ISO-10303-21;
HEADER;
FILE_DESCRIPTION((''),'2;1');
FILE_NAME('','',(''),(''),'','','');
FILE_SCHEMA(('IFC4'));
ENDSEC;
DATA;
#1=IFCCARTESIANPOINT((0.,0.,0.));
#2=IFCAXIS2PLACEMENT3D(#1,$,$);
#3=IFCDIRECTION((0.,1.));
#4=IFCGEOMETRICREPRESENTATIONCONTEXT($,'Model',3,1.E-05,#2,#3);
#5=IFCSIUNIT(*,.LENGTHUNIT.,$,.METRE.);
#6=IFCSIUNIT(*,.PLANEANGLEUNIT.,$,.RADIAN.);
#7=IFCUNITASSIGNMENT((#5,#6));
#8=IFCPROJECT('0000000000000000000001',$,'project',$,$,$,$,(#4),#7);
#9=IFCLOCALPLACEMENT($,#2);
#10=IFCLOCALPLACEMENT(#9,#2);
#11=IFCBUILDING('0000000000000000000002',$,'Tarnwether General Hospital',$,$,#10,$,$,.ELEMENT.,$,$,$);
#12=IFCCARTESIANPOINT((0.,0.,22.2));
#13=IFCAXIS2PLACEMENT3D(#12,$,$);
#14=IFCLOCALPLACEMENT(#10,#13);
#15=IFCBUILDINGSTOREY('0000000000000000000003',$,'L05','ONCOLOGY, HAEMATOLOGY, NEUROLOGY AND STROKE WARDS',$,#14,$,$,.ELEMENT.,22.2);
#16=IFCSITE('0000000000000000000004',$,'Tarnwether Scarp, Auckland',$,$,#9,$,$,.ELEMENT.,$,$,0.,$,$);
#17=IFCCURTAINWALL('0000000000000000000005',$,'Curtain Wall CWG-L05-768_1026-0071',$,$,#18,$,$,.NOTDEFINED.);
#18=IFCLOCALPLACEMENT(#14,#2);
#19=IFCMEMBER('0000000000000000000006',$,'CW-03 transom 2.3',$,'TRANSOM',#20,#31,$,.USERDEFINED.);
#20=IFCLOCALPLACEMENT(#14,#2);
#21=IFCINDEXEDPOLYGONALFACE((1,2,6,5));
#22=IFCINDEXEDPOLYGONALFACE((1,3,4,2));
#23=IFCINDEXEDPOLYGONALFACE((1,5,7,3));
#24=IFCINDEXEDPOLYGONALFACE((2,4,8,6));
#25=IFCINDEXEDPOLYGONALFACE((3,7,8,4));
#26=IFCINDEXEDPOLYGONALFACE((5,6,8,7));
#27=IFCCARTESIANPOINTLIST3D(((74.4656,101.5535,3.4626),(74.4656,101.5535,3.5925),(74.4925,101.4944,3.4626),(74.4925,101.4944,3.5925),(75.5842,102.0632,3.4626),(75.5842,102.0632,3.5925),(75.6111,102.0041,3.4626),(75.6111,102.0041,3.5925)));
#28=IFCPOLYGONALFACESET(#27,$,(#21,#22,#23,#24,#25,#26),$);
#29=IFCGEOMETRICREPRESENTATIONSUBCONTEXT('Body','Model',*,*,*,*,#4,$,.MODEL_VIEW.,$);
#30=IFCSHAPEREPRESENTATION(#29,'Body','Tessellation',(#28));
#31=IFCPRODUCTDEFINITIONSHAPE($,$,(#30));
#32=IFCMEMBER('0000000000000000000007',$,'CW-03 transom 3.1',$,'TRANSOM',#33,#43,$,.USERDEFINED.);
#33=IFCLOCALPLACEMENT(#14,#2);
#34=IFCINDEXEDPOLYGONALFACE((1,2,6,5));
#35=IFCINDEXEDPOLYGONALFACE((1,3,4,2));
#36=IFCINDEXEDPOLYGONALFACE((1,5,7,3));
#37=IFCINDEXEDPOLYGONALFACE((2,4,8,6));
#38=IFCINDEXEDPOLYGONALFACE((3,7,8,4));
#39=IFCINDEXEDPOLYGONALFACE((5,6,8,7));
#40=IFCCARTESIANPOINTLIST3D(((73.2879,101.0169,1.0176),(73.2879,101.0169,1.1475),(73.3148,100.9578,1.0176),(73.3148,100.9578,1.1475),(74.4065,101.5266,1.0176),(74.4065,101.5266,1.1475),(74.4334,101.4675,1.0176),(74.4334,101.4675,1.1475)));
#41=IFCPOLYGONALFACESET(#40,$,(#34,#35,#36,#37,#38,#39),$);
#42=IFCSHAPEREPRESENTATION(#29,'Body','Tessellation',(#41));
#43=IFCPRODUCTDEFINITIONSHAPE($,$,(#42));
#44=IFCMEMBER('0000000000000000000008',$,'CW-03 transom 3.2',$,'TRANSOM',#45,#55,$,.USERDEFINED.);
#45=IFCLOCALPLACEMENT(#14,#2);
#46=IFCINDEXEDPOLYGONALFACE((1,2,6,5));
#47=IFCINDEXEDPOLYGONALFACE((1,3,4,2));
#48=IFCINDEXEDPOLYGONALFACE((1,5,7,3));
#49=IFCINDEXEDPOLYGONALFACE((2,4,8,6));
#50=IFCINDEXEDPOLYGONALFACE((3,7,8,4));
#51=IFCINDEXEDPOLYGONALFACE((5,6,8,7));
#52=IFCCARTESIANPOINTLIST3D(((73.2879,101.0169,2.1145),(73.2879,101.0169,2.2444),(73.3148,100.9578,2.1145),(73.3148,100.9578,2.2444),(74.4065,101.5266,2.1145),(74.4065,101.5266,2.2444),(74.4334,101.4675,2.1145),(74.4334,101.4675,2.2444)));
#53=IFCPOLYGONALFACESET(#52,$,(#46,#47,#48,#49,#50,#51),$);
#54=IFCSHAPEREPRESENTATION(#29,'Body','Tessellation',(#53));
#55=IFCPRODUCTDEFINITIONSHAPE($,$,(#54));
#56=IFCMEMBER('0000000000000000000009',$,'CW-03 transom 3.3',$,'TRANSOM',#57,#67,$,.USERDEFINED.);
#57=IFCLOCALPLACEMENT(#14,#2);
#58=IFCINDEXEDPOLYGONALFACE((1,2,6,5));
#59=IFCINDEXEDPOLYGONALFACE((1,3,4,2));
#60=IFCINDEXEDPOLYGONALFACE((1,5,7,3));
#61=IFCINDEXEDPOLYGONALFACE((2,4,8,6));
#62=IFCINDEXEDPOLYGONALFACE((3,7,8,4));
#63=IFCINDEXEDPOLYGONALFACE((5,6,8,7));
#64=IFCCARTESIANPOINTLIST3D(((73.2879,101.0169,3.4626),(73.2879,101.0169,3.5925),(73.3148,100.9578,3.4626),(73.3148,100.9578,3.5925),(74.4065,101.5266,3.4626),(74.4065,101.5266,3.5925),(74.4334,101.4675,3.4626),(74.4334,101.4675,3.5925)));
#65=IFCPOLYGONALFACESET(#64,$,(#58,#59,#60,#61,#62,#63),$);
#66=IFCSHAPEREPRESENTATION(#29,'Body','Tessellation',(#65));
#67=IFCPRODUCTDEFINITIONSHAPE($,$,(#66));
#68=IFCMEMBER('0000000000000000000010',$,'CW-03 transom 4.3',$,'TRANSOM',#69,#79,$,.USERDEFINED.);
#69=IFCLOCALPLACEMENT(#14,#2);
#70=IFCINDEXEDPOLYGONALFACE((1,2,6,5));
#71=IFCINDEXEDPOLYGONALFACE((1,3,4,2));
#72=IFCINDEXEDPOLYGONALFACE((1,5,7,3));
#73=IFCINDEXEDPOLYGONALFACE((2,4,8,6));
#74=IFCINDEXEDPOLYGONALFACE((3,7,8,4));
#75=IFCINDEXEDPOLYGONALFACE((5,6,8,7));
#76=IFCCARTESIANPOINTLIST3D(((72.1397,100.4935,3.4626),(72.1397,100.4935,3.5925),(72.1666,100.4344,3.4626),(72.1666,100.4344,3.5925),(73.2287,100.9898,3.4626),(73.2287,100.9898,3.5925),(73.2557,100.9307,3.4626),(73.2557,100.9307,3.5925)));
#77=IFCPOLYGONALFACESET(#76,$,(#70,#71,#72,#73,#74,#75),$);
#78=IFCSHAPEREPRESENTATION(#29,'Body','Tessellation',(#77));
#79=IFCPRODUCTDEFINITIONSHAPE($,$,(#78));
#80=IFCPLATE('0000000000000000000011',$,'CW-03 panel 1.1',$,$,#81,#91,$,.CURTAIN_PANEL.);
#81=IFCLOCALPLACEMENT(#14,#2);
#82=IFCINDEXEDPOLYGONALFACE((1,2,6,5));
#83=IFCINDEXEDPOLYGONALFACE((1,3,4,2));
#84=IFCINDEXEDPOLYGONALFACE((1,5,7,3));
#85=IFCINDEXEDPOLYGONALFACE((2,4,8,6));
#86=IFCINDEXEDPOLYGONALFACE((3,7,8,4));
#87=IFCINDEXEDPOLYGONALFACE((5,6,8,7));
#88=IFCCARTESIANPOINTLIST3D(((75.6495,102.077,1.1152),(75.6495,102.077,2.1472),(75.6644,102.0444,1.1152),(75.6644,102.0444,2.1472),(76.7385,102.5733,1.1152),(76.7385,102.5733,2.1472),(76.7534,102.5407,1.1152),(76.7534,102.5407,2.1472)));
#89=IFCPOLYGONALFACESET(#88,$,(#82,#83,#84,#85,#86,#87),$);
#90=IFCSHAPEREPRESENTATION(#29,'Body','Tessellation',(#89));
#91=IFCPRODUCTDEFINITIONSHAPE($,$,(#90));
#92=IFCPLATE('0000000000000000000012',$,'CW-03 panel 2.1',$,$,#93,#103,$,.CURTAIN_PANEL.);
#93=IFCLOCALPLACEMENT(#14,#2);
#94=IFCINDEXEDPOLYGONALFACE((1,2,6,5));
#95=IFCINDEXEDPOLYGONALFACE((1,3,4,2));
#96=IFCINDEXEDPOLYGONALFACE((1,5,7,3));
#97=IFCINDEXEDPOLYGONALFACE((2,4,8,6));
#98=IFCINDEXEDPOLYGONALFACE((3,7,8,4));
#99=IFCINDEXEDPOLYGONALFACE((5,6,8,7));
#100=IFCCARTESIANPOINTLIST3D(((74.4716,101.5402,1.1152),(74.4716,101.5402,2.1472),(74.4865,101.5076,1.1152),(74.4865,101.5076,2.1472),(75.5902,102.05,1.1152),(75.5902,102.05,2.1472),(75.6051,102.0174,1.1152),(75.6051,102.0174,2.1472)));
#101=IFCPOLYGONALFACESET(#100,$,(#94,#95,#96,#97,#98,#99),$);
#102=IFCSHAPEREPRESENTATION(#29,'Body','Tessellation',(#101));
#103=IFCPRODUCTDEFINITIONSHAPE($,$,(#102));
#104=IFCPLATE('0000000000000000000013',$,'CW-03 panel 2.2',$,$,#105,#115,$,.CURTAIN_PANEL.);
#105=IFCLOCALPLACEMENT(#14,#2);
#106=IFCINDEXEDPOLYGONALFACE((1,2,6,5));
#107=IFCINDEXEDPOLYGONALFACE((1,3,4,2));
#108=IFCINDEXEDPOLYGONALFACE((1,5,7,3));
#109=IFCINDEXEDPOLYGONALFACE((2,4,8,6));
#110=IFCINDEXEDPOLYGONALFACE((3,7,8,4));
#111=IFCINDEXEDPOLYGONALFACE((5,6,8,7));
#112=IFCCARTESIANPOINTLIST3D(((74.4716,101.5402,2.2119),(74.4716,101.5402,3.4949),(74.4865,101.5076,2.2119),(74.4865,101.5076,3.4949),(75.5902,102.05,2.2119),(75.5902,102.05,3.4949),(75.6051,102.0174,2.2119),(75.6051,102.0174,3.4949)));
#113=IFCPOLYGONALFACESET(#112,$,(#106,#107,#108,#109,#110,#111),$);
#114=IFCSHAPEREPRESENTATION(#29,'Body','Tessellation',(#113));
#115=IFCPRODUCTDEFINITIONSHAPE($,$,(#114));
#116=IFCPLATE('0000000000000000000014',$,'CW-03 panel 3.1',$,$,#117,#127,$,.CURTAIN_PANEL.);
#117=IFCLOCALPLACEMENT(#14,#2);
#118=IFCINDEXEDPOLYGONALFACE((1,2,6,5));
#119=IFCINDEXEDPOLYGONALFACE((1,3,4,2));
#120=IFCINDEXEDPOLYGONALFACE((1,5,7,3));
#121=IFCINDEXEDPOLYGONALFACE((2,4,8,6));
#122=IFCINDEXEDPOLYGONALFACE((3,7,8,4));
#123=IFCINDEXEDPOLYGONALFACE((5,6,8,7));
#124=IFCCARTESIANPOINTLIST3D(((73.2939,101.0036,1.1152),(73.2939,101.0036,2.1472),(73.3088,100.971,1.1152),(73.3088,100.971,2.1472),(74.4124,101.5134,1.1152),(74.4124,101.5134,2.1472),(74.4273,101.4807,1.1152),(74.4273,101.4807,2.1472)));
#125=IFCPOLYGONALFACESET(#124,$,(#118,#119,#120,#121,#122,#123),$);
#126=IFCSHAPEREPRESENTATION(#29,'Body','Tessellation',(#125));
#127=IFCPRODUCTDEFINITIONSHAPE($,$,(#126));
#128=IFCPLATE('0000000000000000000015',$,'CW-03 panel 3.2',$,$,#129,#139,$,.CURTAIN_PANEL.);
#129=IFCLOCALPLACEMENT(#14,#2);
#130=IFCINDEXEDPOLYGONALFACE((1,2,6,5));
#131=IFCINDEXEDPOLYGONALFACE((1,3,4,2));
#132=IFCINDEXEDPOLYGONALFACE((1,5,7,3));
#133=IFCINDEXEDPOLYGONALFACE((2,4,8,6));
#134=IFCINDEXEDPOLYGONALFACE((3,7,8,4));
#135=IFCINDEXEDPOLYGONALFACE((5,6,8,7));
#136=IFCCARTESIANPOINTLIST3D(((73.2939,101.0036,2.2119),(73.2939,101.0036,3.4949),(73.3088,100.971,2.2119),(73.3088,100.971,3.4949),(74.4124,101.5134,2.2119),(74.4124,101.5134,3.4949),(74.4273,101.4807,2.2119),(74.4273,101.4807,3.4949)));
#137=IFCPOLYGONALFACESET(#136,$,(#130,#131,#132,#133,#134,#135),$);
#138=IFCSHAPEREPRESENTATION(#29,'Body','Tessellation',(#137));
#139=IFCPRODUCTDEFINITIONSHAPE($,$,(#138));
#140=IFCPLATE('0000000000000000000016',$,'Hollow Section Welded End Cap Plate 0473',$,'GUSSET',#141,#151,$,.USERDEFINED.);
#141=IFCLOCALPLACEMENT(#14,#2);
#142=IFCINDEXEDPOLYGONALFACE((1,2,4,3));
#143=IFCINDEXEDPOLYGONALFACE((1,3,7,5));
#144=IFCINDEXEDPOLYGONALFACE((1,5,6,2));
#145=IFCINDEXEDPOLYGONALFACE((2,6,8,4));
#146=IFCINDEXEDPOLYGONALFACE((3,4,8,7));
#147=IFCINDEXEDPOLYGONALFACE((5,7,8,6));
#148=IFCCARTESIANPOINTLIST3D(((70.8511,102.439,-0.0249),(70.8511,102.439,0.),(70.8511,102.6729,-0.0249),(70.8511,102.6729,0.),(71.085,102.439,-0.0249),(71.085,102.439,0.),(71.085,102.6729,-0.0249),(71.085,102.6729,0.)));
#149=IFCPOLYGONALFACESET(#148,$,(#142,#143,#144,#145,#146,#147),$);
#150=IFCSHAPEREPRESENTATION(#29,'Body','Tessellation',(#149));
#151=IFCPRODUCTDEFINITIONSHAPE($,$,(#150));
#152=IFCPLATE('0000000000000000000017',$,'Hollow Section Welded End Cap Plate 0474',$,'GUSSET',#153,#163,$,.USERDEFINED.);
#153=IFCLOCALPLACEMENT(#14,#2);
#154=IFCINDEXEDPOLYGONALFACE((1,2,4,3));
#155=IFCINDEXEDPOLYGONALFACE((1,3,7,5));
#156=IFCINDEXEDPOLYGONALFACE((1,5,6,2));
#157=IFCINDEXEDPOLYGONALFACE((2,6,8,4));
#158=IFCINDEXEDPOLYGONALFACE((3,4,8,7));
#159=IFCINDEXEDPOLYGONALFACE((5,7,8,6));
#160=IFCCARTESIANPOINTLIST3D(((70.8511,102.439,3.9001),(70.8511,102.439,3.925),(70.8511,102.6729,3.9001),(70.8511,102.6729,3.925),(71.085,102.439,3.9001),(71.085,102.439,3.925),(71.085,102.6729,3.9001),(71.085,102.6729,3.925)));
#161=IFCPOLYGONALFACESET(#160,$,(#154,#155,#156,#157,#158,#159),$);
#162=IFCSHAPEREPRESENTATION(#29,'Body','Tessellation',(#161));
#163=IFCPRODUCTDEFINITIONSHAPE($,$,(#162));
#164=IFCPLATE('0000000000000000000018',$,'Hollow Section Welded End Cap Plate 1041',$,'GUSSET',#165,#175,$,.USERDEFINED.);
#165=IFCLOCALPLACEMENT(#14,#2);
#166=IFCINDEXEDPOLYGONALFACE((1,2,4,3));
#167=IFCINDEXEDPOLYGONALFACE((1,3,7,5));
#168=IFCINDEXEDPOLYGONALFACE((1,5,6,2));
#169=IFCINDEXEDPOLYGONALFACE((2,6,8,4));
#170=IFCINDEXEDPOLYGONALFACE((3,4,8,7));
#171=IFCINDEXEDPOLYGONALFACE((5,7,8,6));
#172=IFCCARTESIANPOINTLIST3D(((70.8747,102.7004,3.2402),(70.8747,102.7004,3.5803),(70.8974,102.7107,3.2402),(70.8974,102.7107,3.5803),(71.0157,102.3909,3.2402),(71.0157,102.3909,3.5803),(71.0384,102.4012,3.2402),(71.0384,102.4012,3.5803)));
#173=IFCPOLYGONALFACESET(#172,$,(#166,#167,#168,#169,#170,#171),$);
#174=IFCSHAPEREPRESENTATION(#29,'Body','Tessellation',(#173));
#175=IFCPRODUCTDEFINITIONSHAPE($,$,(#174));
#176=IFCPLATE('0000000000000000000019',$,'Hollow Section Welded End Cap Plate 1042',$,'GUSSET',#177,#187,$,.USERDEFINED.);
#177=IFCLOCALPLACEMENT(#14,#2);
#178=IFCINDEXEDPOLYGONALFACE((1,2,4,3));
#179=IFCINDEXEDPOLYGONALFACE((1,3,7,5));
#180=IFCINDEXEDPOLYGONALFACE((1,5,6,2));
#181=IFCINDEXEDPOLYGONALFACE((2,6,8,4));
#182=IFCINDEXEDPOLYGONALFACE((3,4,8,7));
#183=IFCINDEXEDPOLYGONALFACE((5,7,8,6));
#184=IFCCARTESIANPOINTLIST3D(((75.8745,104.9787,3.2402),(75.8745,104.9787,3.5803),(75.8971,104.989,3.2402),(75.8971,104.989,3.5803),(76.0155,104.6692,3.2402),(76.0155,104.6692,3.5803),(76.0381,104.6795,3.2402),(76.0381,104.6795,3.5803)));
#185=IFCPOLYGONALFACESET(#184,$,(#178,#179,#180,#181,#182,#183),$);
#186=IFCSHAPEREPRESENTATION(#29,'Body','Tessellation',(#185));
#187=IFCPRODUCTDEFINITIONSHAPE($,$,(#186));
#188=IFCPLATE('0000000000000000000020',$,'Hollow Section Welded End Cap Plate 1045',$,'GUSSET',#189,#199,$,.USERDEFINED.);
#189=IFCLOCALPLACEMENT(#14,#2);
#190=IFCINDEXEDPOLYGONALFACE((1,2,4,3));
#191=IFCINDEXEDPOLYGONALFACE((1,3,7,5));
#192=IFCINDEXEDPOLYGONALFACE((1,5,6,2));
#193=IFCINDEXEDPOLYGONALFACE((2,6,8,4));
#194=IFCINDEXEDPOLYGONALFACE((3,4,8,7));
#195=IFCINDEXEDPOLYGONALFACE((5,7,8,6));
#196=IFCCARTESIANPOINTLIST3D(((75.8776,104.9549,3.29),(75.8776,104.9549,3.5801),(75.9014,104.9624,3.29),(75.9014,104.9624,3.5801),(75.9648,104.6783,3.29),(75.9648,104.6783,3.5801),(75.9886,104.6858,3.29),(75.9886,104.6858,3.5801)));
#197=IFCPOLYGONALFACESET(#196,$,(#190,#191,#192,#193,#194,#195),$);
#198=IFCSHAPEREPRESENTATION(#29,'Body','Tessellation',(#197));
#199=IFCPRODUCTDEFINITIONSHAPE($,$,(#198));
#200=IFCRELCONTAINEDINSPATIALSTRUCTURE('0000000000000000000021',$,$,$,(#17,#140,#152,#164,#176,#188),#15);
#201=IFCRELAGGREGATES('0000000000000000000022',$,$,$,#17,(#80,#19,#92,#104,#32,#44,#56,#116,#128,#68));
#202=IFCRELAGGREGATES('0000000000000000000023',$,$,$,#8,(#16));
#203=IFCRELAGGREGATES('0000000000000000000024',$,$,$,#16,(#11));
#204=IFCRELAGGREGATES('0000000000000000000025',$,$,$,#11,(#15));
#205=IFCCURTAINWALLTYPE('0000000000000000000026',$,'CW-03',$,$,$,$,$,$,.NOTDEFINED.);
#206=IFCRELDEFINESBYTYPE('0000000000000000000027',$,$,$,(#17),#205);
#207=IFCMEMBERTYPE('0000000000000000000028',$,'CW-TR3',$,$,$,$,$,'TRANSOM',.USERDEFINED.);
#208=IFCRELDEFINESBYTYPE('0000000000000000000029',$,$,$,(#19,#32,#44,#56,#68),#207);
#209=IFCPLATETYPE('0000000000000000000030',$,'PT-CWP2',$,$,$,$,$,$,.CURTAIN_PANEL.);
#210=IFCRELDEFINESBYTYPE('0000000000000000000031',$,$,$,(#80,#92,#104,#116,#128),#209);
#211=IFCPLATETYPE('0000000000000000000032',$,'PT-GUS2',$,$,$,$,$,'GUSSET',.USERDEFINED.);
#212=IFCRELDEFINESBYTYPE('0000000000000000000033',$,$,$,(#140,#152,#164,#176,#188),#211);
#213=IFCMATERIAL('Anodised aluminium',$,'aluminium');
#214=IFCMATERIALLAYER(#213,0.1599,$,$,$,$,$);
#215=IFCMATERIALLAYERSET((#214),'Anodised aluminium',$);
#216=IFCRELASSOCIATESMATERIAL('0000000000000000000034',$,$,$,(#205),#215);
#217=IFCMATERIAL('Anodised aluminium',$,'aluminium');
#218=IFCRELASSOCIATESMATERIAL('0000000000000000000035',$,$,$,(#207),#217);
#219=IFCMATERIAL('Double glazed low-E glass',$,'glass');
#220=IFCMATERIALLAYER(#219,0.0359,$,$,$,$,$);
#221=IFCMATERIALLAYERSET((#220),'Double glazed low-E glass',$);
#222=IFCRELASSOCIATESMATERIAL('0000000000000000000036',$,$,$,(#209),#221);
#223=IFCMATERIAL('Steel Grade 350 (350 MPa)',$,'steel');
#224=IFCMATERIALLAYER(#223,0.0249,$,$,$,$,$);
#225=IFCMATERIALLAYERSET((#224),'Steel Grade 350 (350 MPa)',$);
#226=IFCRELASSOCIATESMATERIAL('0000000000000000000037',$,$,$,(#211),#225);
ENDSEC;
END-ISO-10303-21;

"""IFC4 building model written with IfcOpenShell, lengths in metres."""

from ifc_helpers import new_model, si_unit, direction, frame, origin, origin_2d, place, context, subcontext, project, spatial, rectangle, extrude, material, layer, layer_set, material_profile, profile_set, type_object, element, aggregate, save


model = new_model("IFC4")

# Units and contexts
model_context = context("Model", 3, precision=1e-05, world=origin(), true_north=direction((0.0, 1.0)))
body_context = subcontext(model_context, "Body", "Model", "MODEL_VIEW")
ifc_project = project(units=[si_unit("LENGTHUNIT", "METRE"), si_unit("PLANEANGLEUNIT", "RADIAN")], contexts=[model_context])

# Site, building, storey
site_placement = place(None, origin())
site = spatial("IfcSite", under=ifc_project, at=site_placement, Name="Tarnwether Scarp, Auckland", CompositionType="ELEMENT", RefElevation=0.0)
building_placement = place(site_placement, origin())
building = spatial("IfcBuilding", under=site, at=building_placement, Name="Tarnwether General Hospital", CompositionType="ELEMENT")
storey_placement = place(building_placement, frame((0.0, 0.0, 22.2)))
storey = spatial("IfcBuildingStorey", under=building, at=storey_placement, Name="L05", Description="ONCOLOGY, HAEMATOLOGY, NEUROLOGY AND STROKE WARDS", CompositionType="ELEMENT", Elevation=22.2)

# Curtain wall, members, plates
ifc_material_1 = material(Name="Anodised aluminium", Category="aluminium")
ifc_layer_1 = layer(ifc_material_1, 0.1599)
ifc_layer_set_1 = layer_set([ifc_layer_1], Name="Anodised aluminium")
curtain_wall_type = type_object("IfcCurtainWallType", Name="CW-03", PredefinedType="NOTDEFINED", material=ifc_layer_set_1)
curtain_wall_placement = place(storey_placement, origin())
curtain_wall = element("IfcCurtainWall", 1, at=curtain_wall_placement, inside=storey, type_object=curtain_wall_type, Name="Curtain Wall CWG-L05-768_1026-0071", PredefinedType="NOTDEFINED")
ifc_material_2 = material(Name="Anodised aluminium", Category="aluminium")
ifc_material_profile_1 = material_profile(ifc_material_2, rectangle(XDim=0.0649, YDim=0.1299, at=origin_2d()), Name="ALU-TRN-65x130")
ifc_profile_set_1 = profile_set([ifc_material_profile_1], Name="Anodised aluminium")
member_type_1 = type_object("IfcMemberType", Name="CW-TR3", ElementType="TRANSOM", PredefinedType="USERDEFINED", material=ifc_profile_set_1)
member_1_placement = place(storey_placement, frame((75.5977, 102.0337, 3.5276), z_axis=(-0.909972, -0.414671, 0.0), x_axis=(0.414671, -0.909972, 0.0)))
member_1 = element("IfcMember", 2, at=member_1_placement, type_object=member_type_1, Name="CW-03 transom 2.3", ObjectType="TRANSOM", PredefinedType="USERDEFINED", context=body_context, shape_type="SweptSolid", body=[
    extrude(rectangle(XDim=0.0649, YDim=0.1299, at=origin_2d()), origin(), (0.0, 0.0, 1.0), 1.2292),
])
member_2_placement = place(storey_placement, frame((74.4199, 101.4971, 1.0825), z_axis=(-0.909972, -0.414671, 0.0), x_axis=(0.414671, -0.909972, 0.0)))
member_2 = element("IfcMember", 3, at=member_2_placement, type_object=member_type_1, Name="CW-03 transom 3.1", ObjectType="TRANSOM", PredefinedType="USERDEFINED", context=body_context, shape_type="SweptSolid", body=[
    extrude(rectangle(XDim=0.0649, YDim=0.1299, at=origin_2d()), origin(), (0.0, 0.0, 1.0), 1.2292),
])
member_3_placement = place(storey_placement, frame((74.4199, 101.4971, 2.1794), z_axis=(-0.909972, -0.414671, 0.0), x_axis=(0.414671, -0.909972, 0.0)))
member_3 = element("IfcMember", 4, at=member_3_placement, type_object=member_type_1, Name="CW-03 transom 3.2", ObjectType="TRANSOM", PredefinedType="USERDEFINED", context=body_context, shape_type="SweptSolid", body=[
    extrude(rectangle(XDim=0.0649, YDim=0.1299, at=origin_2d()), origin(), (0.0, 0.0, 1.0), 1.2292),
])
member_4_placement = place(storey_placement, frame((74.4199, 101.4971, 3.5276), z_axis=(-0.909972, -0.414671, 0.0), x_axis=(0.414671, -0.909972, 0.0)))
member_4 = element("IfcMember", 5, at=member_4_placement, type_object=member_type_1, Name="CW-03 transom 3.3", ObjectType="TRANSOM", PredefinedType="USERDEFINED", context=body_context, shape_type="SweptSolid", body=[
    extrude(rectangle(XDim=0.0649, YDim=0.1299, at=origin_2d()), origin(), (0.0, 0.0, 1.0), 1.2292),
])
member_5_placement = place(storey_placement, frame((73.2422, 100.9602, 3.5276), z_axis=(-0.909961, -0.414694, 0.0), x_axis=(0.414694, -0.909961, 0.0)))
member_5 = element("IfcMember", 6, at=member_5_placement, type_object=member_type_1, Name="CW-03 transom 4.3", ObjectType="TRANSOM", PredefinedType="USERDEFINED", context=body_context, shape_type="SweptSolid", body=[
    extrude(rectangle(XDim=0.0649, YDim=0.1299, at=origin_2d()), origin(), (0.0, 0.0, 1.0), 1.1968),
])
ifc_material_3 = material(Name="Double glazed low-E glass", Category="glass")
ifc_layer_2 = layer(ifc_material_3, 0.0359)
ifc_layer_set_2 = layer_set([ifc_layer_2], Name="Double glazed low-E glass")
plate_type_1 = type_object("IfcPlateType", Name="PT-CWP2", PredefinedType="CURTAIN_PANEL", material=ifc_layer_set_2)
plate_1_placement = place(storey_placement, frame((76.2014, 102.3088, 1.1152), z_axis=(0.0, 0.0, 1.0), x_axis=(-0.909956, -0.414705, 0.0)))
plate_1 = element("IfcPlate", 7, at=plate_1_placement, type_object=plate_type_1, Name="CW-03 panel 1.1", PredefinedType="CURTAIN_PANEL", context=body_context, shape_type="SweptSolid", body=[
    extrude(rectangle(XDim=1.1968, YDim=0.0359, at=origin_2d()), origin(), (0.0, 0.0, 1.0), 1.032),
])
plate_2_placement = place(storey_placement, frame((75.0383, 101.7788, 1.1152), z_axis=(0.0, 0.0, 1.0), x_axis=(-0.909956, -0.414705, 0.0)))
plate_2 = element("IfcPlate", 8, at=plate_2_placement, type_object=plate_type_1, Name="CW-03 panel 2.1", PredefinedType="CURTAIN_PANEL", context=body_context, shape_type="SweptSolid", body=[
    extrude(rectangle(XDim=1.2292, YDim=0.0359, at=origin_2d()), origin(), (0.0, 0.0, 1.0), 1.032),
])
plate_3_placement = place(storey_placement, frame((75.0383, 101.7788, 2.2119), z_axis=(0.0, 0.0, 1.0), x_axis=(-0.909956, -0.414705, 0.0)))
plate_3 = element("IfcPlate", 9, at=plate_3_placement, type_object=plate_type_1, Name="CW-03 panel 2.2", PredefinedType="CURTAIN_PANEL", context=body_context, shape_type="SweptSolid", body=[
    extrude(rectangle(XDim=1.2292, YDim=0.0359, at=origin_2d()), origin(), (0.0, 0.0, 1.0), 1.283),
])
plate_4_placement = place(storey_placement, frame((73.8606, 101.2422, 1.1152), z_axis=(0.0, 0.0, 1.0), x_axis=(-0.909956, -0.414705, 0.0)))
plate_4 = element("IfcPlate", 10, at=plate_4_placement, type_object=plate_type_1, Name="CW-03 panel 3.1", PredefinedType="CURTAIN_PANEL", context=body_context, shape_type="SweptSolid", body=[
    extrude(rectangle(XDim=1.2292, YDim=0.0359, at=origin_2d()), origin(), (0.0, 0.0, 1.0), 1.032),
])
plate_5_placement = place(storey_placement, frame((73.8606, 101.2422, 2.2119), z_axis=(0.0, 0.0, 1.0), x_axis=(-0.909956, -0.414705, 0.0)))
plate_5 = element("IfcPlate", 11, at=plate_5_placement, type_object=plate_type_1, Name="CW-03 panel 3.2", PredefinedType="CURTAIN_PANEL", context=body_context, shape_type="SweptSolid", body=[
    extrude(rectangle(XDim=1.2292, YDim=0.0359, at=origin_2d()), origin(), (0.0, 0.0, 1.0), 1.283),
])
aggregate(curtain_wall, [plate_1, member_1, plate_2, plate_3, member_2, member_3, member_4, plate_4, plate_5, member_5])

# Plates
ifc_material_4 = material(Name="Steel Grade 350 (350 MPa)", Category="steel")
ifc_layer_3 = layer(ifc_material_4, 0.0249)
ifc_layer_set_3 = layer_set([ifc_layer_3], Name="Steel Grade 350 (350 MPa)")
plate_type_2 = type_object("IfcPlateType", Name="PT-GUS2", ElementType="GUSSET", PredefinedType="USERDEFINED", material=ifc_layer_set_3)
for number, where, z_axis, x_axis, name in (
    (12, (70.968, 102.5559, -0.0249), (0.0, 0.0, 1.0), (1.0, 0.0, 0.0), "Hollow Section Welded End Cap Plate 0473"),
    (13, (70.968, 102.5559, 3.9001), (0.0, 0.0, 1.0), (1.0, 0.0, 0.0), "Hollow Section Welded End Cap Plate 0474"),
):
    element("IfcPlate", number, at=place(storey_placement, frame(where, z_axis=z_axis, x_axis=x_axis)), inside=storey, type_object=plate_type_2, Name=name, ObjectType="GUSSET", PredefinedType="USERDEFINED", context=body_context, shape_type="SweptSolid", body=[
        extrude(rectangle(XDim=0.2339, YDim=0.2339, at=origin_2d()), origin(), (0.0, 0.0, 1.0), 0.0249),
    ])
for number, where, z_axis, x_axis, name in (
    (14, (70.9565, 102.5508, 3.2402), (0.0, 0.0, 1.0), (0.909969, 0.414677, 0.0), "Hollow Section Welded End Cap Plate 1041"),
    (15, (75.9563, 104.8291, 3.2402), (0.0, 0.0, 1.0), (0.909969, 0.414677, 0.0), "Hollow Section Welded End Cap Plate 1042"),
):
    element("IfcPlate", number, at=place(storey_placement, frame(where, z_axis=z_axis, x_axis=x_axis)), inside=storey, type_object=plate_type_2, Name=name, ObjectType="GUSSET", PredefinedType="USERDEFINED", context=body_context, shape_type="SweptSolid", body=[
        extrude(rectangle(XDim=0.0249, YDim=0.3401, at=origin_2d()), origin(), (0.0, 0.0, 1.0), 0.3401),
    ])
plate_6_placement = place(storey_placement, frame((75.9331, 104.8203, 3.29), z_axis=(0.0, 0.0, 1.0), x_axis=(0.953712, 0.300722, 0.0)))
element("IfcPlate", 16, at=plate_6_placement, inside=storey, type_object=plate_type_2, Name="Hollow Section Welded End Cap Plate 1045", ObjectType="GUSSET", PredefinedType="USERDEFINED", context=body_context, shape_type="SweptSolid", body=[
    extrude(rectangle(XDim=0.0249, YDim=0.29, at=origin_2d()), origin(), (0.0, 0.0, 1.0), 0.29),
])

save(model, "model.ifc")
